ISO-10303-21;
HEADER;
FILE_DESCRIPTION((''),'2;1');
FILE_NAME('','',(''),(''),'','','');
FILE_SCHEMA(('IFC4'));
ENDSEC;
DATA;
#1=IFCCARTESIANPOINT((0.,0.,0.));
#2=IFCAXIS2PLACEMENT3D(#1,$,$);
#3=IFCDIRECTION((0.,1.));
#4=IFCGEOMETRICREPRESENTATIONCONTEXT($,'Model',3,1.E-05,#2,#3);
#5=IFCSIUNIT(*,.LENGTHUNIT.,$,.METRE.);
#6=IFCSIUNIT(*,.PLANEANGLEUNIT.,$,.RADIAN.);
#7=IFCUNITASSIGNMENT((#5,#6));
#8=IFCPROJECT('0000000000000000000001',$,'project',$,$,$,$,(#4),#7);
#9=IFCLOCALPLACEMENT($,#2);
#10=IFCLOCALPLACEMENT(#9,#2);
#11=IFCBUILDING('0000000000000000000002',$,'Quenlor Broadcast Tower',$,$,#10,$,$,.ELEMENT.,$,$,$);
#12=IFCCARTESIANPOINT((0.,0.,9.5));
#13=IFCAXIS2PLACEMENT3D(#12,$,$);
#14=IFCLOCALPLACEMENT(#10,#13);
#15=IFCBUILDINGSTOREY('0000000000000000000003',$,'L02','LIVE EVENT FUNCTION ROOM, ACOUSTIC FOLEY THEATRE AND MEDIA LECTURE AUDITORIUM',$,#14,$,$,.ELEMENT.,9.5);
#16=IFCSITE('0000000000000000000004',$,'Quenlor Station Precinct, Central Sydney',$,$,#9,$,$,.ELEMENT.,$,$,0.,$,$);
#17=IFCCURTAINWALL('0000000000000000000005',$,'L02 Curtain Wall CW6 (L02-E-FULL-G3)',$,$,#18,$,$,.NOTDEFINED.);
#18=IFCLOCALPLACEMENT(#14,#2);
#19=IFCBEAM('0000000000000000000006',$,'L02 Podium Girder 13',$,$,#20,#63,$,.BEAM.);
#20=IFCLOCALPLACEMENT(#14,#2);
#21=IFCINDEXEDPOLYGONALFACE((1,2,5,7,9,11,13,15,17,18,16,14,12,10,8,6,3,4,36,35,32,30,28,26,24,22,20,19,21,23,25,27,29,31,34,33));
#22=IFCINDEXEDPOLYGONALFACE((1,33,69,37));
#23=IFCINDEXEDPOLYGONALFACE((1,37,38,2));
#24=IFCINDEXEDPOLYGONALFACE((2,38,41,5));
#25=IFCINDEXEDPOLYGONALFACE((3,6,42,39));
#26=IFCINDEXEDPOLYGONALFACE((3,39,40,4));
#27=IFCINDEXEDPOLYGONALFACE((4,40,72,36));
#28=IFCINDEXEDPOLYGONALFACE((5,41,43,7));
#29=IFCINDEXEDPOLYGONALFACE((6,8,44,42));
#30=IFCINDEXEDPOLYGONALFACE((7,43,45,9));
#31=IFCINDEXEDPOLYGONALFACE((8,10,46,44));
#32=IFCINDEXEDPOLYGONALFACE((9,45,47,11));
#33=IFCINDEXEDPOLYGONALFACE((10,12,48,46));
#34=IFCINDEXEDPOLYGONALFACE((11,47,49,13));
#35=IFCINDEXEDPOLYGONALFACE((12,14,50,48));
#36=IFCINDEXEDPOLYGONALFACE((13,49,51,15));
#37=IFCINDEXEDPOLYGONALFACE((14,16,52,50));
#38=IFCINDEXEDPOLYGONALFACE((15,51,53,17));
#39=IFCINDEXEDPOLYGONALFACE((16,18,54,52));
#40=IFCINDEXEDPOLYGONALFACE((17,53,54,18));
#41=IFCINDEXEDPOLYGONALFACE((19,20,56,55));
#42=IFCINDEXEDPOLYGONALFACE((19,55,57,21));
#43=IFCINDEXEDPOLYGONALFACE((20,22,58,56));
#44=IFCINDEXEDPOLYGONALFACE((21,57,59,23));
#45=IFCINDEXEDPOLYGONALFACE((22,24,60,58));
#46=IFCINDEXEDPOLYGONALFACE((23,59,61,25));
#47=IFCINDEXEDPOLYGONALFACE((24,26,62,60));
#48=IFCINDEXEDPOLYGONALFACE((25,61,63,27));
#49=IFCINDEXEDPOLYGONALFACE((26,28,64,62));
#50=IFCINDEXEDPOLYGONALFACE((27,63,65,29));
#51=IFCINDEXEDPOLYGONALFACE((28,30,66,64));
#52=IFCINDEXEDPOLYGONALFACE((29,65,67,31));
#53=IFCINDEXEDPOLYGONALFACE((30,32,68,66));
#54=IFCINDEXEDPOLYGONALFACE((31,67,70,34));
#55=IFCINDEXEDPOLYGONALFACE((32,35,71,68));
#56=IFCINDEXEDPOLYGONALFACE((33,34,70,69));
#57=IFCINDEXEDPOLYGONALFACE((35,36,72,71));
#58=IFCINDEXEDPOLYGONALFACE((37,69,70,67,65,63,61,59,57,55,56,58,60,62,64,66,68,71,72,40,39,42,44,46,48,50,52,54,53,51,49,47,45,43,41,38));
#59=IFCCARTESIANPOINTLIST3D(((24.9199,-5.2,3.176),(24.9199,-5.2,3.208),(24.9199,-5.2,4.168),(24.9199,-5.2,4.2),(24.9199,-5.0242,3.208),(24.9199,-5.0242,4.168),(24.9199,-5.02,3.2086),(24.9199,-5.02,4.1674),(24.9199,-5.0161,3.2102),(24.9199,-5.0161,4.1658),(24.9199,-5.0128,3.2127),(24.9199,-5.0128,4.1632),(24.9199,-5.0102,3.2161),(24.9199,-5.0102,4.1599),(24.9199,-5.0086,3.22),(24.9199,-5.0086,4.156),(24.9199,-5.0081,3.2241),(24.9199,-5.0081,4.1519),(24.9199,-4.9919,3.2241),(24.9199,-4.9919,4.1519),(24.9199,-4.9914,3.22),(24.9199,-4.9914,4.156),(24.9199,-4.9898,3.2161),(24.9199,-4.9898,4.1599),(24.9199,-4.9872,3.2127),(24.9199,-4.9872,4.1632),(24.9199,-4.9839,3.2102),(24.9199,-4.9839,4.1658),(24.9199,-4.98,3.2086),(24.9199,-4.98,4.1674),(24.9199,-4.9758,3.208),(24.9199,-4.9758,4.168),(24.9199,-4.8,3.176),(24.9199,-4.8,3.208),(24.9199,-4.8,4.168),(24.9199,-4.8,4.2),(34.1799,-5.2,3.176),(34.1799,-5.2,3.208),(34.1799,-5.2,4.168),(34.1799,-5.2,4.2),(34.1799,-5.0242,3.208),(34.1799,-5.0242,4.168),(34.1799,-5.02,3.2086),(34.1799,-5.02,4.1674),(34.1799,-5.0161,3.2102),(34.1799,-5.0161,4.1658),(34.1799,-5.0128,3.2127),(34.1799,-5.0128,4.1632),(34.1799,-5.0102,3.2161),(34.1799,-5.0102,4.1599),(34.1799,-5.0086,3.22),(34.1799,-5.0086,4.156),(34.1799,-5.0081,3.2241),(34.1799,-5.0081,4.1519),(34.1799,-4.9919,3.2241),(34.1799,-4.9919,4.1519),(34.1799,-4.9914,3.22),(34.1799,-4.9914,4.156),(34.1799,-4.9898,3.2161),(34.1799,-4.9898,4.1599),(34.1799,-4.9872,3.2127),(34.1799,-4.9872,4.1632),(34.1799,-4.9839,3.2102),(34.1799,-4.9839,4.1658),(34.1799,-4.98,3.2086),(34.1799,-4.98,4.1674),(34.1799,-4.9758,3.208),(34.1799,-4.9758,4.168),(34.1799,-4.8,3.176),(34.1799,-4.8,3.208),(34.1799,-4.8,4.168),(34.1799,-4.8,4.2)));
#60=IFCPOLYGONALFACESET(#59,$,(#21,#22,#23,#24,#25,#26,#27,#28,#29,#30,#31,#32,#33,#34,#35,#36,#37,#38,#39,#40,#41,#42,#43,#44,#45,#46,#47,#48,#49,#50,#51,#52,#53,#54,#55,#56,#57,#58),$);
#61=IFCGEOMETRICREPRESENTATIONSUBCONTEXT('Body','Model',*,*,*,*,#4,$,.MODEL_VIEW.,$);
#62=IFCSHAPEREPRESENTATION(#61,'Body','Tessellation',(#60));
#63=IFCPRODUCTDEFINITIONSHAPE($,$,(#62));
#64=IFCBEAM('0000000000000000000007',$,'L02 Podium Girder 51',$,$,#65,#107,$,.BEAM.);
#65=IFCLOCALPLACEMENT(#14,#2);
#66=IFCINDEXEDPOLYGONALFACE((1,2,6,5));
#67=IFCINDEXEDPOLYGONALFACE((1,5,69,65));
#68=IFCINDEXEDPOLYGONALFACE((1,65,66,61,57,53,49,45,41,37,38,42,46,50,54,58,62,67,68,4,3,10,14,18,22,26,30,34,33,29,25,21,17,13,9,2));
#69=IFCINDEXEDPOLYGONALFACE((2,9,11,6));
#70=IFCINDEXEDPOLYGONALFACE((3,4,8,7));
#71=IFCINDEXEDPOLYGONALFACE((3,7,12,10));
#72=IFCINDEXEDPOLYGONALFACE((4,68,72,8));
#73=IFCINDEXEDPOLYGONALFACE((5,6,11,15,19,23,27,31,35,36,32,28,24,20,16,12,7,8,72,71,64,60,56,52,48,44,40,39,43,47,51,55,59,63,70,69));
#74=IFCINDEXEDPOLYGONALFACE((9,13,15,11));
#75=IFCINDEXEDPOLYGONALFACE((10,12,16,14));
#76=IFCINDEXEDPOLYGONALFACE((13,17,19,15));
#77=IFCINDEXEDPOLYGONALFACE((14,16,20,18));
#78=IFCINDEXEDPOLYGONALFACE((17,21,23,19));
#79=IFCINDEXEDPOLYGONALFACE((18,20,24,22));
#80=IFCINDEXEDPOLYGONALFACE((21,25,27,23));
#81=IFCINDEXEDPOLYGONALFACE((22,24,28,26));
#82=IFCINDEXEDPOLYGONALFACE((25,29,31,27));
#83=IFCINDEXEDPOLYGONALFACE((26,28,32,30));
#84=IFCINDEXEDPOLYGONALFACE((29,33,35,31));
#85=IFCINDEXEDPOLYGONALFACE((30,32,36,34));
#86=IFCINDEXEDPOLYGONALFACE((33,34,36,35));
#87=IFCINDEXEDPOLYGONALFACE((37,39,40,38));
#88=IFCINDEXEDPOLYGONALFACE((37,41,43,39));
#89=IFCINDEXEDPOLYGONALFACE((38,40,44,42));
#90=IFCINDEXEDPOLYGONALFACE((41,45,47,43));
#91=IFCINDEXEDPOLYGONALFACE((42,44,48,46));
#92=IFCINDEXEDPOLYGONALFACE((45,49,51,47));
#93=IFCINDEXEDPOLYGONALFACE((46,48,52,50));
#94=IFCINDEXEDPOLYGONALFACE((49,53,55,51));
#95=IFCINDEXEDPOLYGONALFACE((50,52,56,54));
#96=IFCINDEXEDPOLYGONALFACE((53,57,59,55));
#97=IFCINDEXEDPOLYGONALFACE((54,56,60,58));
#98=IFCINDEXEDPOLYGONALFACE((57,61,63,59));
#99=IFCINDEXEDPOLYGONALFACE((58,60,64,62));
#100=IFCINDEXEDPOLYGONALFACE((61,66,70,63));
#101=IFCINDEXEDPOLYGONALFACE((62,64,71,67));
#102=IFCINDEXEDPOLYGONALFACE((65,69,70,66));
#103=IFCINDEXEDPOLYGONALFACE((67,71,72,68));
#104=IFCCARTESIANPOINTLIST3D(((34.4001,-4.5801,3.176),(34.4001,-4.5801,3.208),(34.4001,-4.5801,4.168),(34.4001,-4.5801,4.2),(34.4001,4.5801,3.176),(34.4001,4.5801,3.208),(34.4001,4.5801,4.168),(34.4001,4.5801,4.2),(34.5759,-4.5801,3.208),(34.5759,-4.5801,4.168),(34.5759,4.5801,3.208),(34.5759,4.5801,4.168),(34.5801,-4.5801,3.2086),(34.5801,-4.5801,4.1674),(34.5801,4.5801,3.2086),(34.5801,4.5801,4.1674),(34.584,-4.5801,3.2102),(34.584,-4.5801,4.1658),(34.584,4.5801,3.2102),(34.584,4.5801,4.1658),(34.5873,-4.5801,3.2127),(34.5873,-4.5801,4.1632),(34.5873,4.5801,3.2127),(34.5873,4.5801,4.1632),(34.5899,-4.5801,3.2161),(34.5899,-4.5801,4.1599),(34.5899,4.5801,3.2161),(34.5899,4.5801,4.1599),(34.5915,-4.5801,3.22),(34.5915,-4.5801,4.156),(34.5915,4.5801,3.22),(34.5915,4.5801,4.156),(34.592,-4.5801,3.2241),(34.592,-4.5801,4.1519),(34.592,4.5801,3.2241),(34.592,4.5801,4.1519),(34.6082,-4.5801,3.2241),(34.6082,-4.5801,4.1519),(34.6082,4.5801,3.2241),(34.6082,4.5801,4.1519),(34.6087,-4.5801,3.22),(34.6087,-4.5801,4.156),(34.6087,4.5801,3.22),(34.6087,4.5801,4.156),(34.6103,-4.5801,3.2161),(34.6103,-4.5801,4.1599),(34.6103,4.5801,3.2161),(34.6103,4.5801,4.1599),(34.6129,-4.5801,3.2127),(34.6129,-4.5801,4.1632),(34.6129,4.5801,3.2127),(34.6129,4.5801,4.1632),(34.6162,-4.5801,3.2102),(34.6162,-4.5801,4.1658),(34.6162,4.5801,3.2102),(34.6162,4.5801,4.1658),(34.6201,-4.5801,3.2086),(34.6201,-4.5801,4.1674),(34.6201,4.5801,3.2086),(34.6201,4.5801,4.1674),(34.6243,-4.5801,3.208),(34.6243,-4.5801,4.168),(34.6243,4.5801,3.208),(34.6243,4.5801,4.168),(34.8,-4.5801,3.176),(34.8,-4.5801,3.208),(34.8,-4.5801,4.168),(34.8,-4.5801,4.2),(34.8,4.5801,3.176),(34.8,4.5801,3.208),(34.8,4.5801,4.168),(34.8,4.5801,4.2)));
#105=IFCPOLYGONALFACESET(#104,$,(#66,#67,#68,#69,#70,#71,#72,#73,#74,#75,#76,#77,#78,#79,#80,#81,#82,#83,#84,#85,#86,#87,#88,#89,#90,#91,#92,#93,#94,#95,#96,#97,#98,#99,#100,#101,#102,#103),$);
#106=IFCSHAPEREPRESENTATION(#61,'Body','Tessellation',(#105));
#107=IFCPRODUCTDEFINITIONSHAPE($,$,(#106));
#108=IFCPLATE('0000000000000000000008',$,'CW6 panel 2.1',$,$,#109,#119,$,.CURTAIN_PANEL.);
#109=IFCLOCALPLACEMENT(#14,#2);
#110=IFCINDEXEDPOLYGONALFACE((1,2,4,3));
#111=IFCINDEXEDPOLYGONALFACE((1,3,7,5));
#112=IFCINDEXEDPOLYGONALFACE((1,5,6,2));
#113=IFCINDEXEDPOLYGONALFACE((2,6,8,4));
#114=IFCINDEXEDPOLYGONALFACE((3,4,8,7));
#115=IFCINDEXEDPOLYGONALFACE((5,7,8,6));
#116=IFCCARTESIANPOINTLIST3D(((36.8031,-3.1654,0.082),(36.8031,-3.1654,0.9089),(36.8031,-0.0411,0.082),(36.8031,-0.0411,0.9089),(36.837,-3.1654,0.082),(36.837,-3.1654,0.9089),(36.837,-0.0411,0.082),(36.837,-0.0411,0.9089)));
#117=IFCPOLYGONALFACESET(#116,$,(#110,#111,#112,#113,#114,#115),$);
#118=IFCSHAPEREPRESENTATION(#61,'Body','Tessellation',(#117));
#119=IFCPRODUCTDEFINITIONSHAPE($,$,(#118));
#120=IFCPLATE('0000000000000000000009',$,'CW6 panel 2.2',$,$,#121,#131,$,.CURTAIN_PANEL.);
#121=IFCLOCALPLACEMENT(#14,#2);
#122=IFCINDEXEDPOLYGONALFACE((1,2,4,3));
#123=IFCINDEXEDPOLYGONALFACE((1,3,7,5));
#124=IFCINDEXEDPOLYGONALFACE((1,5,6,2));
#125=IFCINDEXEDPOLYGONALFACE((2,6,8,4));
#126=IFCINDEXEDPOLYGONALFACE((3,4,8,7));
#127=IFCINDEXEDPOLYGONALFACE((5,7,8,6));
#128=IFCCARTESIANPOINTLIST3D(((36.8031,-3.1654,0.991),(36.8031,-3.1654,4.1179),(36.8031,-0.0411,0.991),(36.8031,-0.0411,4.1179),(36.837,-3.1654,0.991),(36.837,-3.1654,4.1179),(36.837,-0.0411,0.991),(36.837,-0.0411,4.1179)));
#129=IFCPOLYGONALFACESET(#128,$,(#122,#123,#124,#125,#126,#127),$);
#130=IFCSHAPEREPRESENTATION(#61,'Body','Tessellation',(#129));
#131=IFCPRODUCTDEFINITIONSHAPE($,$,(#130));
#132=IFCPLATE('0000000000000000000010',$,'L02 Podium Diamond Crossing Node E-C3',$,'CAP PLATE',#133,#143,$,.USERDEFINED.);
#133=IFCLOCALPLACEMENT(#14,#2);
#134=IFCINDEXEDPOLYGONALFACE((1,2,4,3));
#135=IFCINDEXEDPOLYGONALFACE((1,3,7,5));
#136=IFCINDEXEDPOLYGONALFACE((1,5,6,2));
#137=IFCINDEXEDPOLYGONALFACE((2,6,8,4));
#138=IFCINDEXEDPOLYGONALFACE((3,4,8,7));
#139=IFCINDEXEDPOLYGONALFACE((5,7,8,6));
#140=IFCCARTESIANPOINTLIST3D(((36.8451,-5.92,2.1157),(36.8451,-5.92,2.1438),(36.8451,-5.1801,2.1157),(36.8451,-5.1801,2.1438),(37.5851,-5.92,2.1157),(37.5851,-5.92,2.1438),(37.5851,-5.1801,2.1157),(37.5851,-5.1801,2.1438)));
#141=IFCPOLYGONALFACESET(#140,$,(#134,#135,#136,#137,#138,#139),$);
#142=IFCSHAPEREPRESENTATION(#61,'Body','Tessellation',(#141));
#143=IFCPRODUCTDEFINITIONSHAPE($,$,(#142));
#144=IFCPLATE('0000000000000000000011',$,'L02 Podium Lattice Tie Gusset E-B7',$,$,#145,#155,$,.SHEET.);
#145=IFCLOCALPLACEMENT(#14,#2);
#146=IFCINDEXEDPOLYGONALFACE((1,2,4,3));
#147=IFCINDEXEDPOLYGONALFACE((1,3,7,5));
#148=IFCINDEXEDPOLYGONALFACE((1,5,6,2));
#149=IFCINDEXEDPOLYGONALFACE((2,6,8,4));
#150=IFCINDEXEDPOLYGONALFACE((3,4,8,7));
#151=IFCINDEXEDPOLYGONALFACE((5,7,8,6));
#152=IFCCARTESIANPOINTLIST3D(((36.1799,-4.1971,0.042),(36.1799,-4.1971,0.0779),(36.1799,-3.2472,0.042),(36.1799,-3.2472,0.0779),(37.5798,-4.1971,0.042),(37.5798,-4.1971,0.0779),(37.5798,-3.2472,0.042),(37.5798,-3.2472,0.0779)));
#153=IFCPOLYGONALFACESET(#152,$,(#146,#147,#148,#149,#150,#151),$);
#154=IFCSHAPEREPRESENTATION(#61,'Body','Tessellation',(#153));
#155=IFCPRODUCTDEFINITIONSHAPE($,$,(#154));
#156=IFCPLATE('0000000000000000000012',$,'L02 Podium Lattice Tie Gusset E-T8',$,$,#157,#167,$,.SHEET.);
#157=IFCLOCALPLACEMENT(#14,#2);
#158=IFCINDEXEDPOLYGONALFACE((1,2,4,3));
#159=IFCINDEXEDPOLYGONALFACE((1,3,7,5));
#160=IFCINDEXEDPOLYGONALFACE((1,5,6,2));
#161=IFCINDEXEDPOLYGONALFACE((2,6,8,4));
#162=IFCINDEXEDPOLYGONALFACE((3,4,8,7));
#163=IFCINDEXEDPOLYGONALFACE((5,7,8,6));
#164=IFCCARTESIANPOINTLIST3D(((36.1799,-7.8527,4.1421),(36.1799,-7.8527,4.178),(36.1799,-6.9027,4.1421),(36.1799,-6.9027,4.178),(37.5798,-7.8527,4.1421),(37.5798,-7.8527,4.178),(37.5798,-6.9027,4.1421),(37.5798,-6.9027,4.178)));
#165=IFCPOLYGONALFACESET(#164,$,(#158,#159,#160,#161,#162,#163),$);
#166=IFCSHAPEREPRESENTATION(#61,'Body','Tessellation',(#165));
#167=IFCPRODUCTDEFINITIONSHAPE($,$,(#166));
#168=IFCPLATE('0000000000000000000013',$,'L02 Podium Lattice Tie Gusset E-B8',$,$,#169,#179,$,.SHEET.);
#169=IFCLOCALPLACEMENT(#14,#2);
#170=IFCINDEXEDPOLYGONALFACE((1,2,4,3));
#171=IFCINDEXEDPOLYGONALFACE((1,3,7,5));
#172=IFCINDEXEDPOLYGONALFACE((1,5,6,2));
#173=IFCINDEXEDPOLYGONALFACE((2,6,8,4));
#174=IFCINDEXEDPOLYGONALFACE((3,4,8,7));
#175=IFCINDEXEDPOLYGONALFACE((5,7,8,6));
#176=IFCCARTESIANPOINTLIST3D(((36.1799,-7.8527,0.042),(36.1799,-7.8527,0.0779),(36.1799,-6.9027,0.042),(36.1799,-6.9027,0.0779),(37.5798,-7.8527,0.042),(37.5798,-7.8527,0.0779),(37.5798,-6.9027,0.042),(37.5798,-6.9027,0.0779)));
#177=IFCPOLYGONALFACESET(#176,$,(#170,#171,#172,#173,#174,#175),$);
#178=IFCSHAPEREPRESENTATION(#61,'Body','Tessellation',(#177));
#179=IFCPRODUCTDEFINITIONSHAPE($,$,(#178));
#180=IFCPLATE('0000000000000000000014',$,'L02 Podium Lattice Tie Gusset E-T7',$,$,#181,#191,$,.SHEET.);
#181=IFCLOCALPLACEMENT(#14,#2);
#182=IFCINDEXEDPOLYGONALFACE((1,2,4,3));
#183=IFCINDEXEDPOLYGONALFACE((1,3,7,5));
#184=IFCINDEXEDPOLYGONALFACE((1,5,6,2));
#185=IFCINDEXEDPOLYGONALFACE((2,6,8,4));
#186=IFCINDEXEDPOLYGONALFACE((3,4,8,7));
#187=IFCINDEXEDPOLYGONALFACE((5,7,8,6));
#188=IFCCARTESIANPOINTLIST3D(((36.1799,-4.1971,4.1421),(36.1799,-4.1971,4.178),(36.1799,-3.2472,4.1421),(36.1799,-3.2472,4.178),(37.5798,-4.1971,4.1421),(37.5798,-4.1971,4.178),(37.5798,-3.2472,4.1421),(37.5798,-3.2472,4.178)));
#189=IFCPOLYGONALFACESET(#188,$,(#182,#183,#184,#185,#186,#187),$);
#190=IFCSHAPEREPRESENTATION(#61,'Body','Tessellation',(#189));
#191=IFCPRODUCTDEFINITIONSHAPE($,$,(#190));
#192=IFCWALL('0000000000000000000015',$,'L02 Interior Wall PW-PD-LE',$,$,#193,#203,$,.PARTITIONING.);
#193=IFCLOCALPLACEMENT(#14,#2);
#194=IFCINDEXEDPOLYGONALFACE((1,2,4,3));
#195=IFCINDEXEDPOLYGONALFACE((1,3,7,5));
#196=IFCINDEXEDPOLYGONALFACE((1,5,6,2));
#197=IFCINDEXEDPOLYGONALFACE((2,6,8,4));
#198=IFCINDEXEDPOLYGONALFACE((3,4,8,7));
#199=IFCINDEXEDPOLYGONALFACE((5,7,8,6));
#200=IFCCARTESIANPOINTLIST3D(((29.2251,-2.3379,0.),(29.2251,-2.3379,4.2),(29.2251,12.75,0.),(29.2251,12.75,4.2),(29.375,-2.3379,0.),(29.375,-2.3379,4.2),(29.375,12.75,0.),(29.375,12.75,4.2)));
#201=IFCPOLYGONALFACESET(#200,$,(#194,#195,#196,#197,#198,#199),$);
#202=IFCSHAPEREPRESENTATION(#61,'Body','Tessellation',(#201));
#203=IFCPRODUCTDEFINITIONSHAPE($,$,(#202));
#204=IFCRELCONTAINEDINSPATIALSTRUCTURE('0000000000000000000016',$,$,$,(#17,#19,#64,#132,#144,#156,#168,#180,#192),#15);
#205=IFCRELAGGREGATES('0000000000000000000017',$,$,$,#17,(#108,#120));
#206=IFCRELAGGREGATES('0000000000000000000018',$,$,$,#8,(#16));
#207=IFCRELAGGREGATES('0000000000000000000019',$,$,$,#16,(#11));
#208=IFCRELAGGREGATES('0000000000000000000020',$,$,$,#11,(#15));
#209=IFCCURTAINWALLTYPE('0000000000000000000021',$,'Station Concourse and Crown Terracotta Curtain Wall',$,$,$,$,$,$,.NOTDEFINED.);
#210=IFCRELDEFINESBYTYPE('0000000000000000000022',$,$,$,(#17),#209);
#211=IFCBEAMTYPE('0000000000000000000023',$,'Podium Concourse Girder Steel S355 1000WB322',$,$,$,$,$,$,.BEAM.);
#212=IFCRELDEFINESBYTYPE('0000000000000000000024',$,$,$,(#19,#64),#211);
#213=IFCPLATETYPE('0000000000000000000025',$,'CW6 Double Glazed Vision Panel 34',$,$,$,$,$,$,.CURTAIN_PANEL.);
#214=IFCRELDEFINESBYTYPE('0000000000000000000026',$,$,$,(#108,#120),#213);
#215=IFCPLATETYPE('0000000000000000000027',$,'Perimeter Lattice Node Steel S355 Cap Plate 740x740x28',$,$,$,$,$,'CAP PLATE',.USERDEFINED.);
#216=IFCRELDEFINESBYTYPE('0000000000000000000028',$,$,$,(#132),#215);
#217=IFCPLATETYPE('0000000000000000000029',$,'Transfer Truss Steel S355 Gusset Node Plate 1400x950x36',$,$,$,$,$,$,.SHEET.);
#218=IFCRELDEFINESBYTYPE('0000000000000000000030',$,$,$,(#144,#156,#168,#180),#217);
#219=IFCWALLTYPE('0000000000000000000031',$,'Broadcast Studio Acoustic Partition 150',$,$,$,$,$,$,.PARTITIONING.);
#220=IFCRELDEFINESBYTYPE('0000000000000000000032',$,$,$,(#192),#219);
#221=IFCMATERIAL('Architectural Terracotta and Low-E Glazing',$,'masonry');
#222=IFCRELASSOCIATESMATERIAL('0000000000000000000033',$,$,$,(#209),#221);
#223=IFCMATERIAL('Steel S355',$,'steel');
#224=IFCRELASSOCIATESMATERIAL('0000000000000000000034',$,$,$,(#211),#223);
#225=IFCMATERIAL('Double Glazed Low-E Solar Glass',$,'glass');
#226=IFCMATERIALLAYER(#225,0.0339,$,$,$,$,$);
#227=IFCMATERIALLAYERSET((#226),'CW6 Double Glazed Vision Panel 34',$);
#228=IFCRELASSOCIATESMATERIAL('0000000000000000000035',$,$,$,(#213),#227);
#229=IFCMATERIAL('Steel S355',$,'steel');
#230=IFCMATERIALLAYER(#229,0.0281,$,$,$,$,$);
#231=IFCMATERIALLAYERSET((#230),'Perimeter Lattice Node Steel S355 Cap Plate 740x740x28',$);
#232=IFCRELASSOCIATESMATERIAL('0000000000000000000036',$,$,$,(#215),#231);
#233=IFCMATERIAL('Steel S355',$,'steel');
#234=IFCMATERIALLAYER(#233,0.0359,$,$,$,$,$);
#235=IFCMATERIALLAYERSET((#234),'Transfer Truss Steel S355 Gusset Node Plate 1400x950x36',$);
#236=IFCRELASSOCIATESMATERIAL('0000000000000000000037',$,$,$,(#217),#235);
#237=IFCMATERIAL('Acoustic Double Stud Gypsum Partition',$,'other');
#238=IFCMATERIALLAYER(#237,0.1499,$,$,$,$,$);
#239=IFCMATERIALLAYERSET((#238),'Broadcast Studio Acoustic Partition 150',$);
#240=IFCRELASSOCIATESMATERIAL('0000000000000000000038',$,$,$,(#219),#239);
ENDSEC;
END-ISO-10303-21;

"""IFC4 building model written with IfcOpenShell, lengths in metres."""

from ifc_helpers import new_model, si_unit, direction, frame, frame_2d, origin, origin_2d, place, context, subcontext, project, spatial, rectangle, i_section, extrude, material, layer, layer_set, material_profile, profile_set, type_object, element, aggregate, save


model = new_model("IFC4")

# Units and contexts
model_context = context("Model", 3, precision=1e-05, world=origin(), true_north=direction((0.0, 1.0)))
body_context = subcontext(model_context, "Body", "Model", "MODEL_VIEW")
ifc_project = project(units=[si_unit("LENGTHUNIT", "METRE"), si_unit("PLANEANGLEUNIT", "RADIAN")], contexts=[model_context])

# Site, building, storey
site_placement = place(None, origin())
site = spatial("IfcSite", under=ifc_project, at=site_placement, Name="Quenlor Station Precinct, Central Sydney", CompositionType="ELEMENT", RefElevation=0.0)
building_placement = place(site_placement, origin())
building = spatial("IfcBuilding", under=site, at=building_placement, Name="Quenlor Broadcast Tower", CompositionType="ELEMENT")
storey_placement = place(building_placement, frame((0.0, 0.0, 9.5)))
storey = spatial("IfcBuildingStorey", under=building, at=storey_placement, Name="L02", Description="LIVE EVENT FUNCTION ROOM, ACOUSTIC FOLEY THEATRE AND MEDIA LECTURE AUDITORIUM", CompositionType="ELEMENT", Elevation=9.5)

# Curtain wall
ifc_material_1 = material(Name="Architectural Terracotta and Low-E Glazing", Category="masonry")
curtain_wall_type = type_object("IfcCurtainWallType", Name="Station Concourse and Crown Terracotta Curtain Wall", PredefinedType="NOTDEFINED", material=ifc_material_1)
curtain_wall_1_placement = place(storey_placement, origin())
curtain_wall_1 = element("IfcCurtainWall", 1, at=curtain_wall_1_placement, inside=storey, type_object=curtain_wall_type, Name="L02 Curtain Wall CW6 (L02-E-FULL-G3)", PredefinedType="NOTDEFINED")

# Beams
ifc_material_2 = material(Name="Steel S355", Category="steel")
ifc_material_profile_1 = material_profile(ifc_material_2, i_section(OverallWidth=0.3999, OverallDepth=1.0239, WebThickness=0.0161, FlangeThickness=0.032, FilletRadius=0.0161, at=origin_2d()))
ifc_profile_set_1 = profile_set([ifc_material_profile_1], Name="Steel S355 1000WB322")
beam_type = type_object("IfcBeamType", Name="Podium Concourse Girder Steel S355 1000WB322", PredefinedType="BEAM", material=ifc_profile_set_1)
beam_1_placement = place(storey_placement, frame((24.9199, -5.0, 3.688), z_axis=(1.0, 0.0, 0.0), x_axis=(0.0, 1.0, 0.0)))
element("IfcBeam", 2, at=beam_1_placement, inside=storey, type_object=beam_type, Name="L02 Podium Girder 13", PredefinedType="BEAM", context=body_context, shape_type="SweptSolid", body=[
    extrude(i_section(OverallWidth=0.3999, OverallDepth=1.0239, WebThickness=0.0161, FlangeThickness=0.032, FilletRadius=0.0161, at=origin_2d()), origin(), (0.0, 0.0, 1.0), 9.26),
])
beam_2_placement = place(storey_placement, frame((34.6001, -4.5801, 3.688), z_axis=(0.0, 1.0, 0.0), x_axis=(-1.0, 0.0, 0.0)))
element("IfcBeam", 3, at=beam_2_placement, inside=storey, type_object=beam_type, Name="L02 Podium Girder 51", PredefinedType="BEAM", context=body_context, shape_type="SweptSolid", body=[
    extrude(i_section(OverallWidth=0.3999, OverallDepth=1.0239, WebThickness=0.0161, FlangeThickness=0.032, FilletRadius=0.0161, at=origin_2d()), origin(), (0.0, 0.0, 1.0), 9.1602),
])

# Plates
ifc_material_3 = material(Name="Double Glazed Low-E Solar Glass", Category="glass")
ifc_layer_1 = layer(ifc_material_3, 0.0339)
ifc_layer_set_1 = layer_set([ifc_layer_1], Name="CW6 Double Glazed Vision Panel 34")
plate_type_1 = type_object("IfcPlateType", Name="CW6 Double Glazed Vision Panel 34", PredefinedType="CURTAIN_PANEL", material=ifc_layer_set_1)
plate_1_placement = place(storey_placement, frame((36.8201, -1.6033, 0.082), z_axis=(0.0, 0.0, 1.0), x_axis=(0.0, -1.0, 0.0)))
plate_1 = element("IfcPlate", 4, at=plate_1_placement, type_object=plate_type_1, Name="CW6 panel 2.1", PredefinedType="CURTAIN_PANEL", context=body_context, shape_type="SweptSolid", body=[
    extrude(rectangle(XDim=3.1243, YDim=0.0339, at=origin_2d()), origin(), (0.0, 0.0, 1.0), 0.8269),
])
plate_2_placement = place(storey_placement, frame((36.8201, -1.6033, 0.991), z_axis=(0.0, 0.0, 1.0), x_axis=(0.0, -1.0, 0.0)))
plate_2 = element("IfcPlate", 5, at=plate_2_placement, type_object=plate_type_1, Name="CW6 panel 2.2", PredefinedType="CURTAIN_PANEL", context=body_context, shape_type="SweptSolid", body=[
    extrude(rectangle(XDim=3.1243, YDim=0.0339, at=origin_2d()), origin(), (0.0, 0.0, 1.0), 3.127),
])
aggregate(curtain_wall_1, [plate_1, plate_2])

# Plates
ifc_material_4 = material(Name="Steel S355", Category="steel")
ifc_layer_2 = layer(ifc_material_4, 0.0281)
ifc_layer_set_2 = layer_set([ifc_layer_2], Name="Perimeter Lattice Node Steel S355 Cap Plate 740x740x28")
plate_type_2 = type_object("IfcPlateType", Name="Perimeter Lattice Node Steel S355 Cap Plate 740x740x28", ElementType="CAP PLATE", PredefinedType="USERDEFINED", material=ifc_layer_set_2)
plate_3_placement = place(storey_placement, frame((37.2151, -5.55, 2.1157), z_axis=(0.0, 0.0, 1.0), x_axis=(0.0, -1.0, 0.0)))
element("IfcPlate", 6, at=plate_3_placement, inside=storey, type_object=plate_type_2, Name="L02 Podium Diamond Crossing Node E-C3", ObjectType="CAP PLATE", PredefinedType="USERDEFINED", context=body_context, shape_type="SweptSolid", body=[
    extrude(rectangle(XDim=0.74, YDim=0.74, at=origin_2d()), origin(), (0.0, 0.0, 1.0), 0.0281),
])
ifc_material_5 = material(Name="Steel S355", Category="steel")
ifc_layer_3 = layer(ifc_material_5, 0.0359)
ifc_layer_set_3 = layer_set([ifc_layer_3], Name="Transfer Truss Steel S355 Gusset Node Plate 1400x950x36")
plate_type_3 = type_object("IfcPlateType", Name="Transfer Truss Steel S355 Gusset Node Plate 1400x950x36", PredefinedType="SHEET", material=ifc_layer_set_3)
for number, where, z_axis, x_axis, name in (
    (7, (36.8799, -3.7222, 0.042), (0.0, 0.0, 1.0), (1.0, 0.0, 0.0), "L02 Podium Lattice Tie Gusset E-B7"),
    (8, (36.8799, -7.3777, 4.1421), (0.0, 0.0, 1.0), (1.0, 0.0, 0.0), "L02 Podium Lattice Tie Gusset E-T8"),
    (9, (36.8799, -7.3777, 0.042), (0.0, 0.0, 1.0), (1.0, 0.0, 0.0), "L02 Podium Lattice Tie Gusset E-B8"),
    (10, (36.8799, -3.7222, 4.1421), (0.0, 0.0, 1.0), (1.0, 0.0, 0.0), "L02 Podium Lattice Tie Gusset E-T7"),
):
    element("IfcPlate", number, at=place(storey_placement, frame(where, z_axis=z_axis, x_axis=x_axis)), inside=storey, type_object=plate_type_3, Name=name, PredefinedType="SHEET", context=body_context, shape_type="SweptSolid", body=[
        extrude(rectangle(XDim=1.3999, YDim=0.95, at=origin_2d()), origin(), (0.0, 0.0, 1.0), 0.0359),
    ])

# Wall
ifc_material_6 = material(Name="Acoustic Double Stud Gypsum Partition", Category="other")
ifc_layer_4 = layer(ifc_material_6, 0.1499)
ifc_layer_set_4 = layer_set([ifc_layer_4], Name="Broadcast Studio Acoustic Partition 150")
wall_type_1 = type_object("IfcWallType", Name="Broadcast Studio Acoustic Partition 150", PredefinedType="PARTITIONING", material=ifc_layer_set_4)
wall_1_placement = place(storey_placement, frame((29.3, -2.3379, 0.0), z_axis=(0.0, 0.0, 1.0), x_axis=(0.0, 1.0, 0.0)))
element("IfcWall", 11, at=wall_1_placement, inside=storey, type_object=wall_type_1, Name="L02 Interior Wall PW-PD-LE", PredefinedType="PARTITIONING", context=body_context, shape_type="SweptSolid", body=[
    extrude(rectangle(XDim=15.0879, YDim=0.1499, at=frame_2d((7.5439, 0.0))), origin(), (0.0, 0.0, 1.0), 4.2),
])

save(model, "model.ifc")
